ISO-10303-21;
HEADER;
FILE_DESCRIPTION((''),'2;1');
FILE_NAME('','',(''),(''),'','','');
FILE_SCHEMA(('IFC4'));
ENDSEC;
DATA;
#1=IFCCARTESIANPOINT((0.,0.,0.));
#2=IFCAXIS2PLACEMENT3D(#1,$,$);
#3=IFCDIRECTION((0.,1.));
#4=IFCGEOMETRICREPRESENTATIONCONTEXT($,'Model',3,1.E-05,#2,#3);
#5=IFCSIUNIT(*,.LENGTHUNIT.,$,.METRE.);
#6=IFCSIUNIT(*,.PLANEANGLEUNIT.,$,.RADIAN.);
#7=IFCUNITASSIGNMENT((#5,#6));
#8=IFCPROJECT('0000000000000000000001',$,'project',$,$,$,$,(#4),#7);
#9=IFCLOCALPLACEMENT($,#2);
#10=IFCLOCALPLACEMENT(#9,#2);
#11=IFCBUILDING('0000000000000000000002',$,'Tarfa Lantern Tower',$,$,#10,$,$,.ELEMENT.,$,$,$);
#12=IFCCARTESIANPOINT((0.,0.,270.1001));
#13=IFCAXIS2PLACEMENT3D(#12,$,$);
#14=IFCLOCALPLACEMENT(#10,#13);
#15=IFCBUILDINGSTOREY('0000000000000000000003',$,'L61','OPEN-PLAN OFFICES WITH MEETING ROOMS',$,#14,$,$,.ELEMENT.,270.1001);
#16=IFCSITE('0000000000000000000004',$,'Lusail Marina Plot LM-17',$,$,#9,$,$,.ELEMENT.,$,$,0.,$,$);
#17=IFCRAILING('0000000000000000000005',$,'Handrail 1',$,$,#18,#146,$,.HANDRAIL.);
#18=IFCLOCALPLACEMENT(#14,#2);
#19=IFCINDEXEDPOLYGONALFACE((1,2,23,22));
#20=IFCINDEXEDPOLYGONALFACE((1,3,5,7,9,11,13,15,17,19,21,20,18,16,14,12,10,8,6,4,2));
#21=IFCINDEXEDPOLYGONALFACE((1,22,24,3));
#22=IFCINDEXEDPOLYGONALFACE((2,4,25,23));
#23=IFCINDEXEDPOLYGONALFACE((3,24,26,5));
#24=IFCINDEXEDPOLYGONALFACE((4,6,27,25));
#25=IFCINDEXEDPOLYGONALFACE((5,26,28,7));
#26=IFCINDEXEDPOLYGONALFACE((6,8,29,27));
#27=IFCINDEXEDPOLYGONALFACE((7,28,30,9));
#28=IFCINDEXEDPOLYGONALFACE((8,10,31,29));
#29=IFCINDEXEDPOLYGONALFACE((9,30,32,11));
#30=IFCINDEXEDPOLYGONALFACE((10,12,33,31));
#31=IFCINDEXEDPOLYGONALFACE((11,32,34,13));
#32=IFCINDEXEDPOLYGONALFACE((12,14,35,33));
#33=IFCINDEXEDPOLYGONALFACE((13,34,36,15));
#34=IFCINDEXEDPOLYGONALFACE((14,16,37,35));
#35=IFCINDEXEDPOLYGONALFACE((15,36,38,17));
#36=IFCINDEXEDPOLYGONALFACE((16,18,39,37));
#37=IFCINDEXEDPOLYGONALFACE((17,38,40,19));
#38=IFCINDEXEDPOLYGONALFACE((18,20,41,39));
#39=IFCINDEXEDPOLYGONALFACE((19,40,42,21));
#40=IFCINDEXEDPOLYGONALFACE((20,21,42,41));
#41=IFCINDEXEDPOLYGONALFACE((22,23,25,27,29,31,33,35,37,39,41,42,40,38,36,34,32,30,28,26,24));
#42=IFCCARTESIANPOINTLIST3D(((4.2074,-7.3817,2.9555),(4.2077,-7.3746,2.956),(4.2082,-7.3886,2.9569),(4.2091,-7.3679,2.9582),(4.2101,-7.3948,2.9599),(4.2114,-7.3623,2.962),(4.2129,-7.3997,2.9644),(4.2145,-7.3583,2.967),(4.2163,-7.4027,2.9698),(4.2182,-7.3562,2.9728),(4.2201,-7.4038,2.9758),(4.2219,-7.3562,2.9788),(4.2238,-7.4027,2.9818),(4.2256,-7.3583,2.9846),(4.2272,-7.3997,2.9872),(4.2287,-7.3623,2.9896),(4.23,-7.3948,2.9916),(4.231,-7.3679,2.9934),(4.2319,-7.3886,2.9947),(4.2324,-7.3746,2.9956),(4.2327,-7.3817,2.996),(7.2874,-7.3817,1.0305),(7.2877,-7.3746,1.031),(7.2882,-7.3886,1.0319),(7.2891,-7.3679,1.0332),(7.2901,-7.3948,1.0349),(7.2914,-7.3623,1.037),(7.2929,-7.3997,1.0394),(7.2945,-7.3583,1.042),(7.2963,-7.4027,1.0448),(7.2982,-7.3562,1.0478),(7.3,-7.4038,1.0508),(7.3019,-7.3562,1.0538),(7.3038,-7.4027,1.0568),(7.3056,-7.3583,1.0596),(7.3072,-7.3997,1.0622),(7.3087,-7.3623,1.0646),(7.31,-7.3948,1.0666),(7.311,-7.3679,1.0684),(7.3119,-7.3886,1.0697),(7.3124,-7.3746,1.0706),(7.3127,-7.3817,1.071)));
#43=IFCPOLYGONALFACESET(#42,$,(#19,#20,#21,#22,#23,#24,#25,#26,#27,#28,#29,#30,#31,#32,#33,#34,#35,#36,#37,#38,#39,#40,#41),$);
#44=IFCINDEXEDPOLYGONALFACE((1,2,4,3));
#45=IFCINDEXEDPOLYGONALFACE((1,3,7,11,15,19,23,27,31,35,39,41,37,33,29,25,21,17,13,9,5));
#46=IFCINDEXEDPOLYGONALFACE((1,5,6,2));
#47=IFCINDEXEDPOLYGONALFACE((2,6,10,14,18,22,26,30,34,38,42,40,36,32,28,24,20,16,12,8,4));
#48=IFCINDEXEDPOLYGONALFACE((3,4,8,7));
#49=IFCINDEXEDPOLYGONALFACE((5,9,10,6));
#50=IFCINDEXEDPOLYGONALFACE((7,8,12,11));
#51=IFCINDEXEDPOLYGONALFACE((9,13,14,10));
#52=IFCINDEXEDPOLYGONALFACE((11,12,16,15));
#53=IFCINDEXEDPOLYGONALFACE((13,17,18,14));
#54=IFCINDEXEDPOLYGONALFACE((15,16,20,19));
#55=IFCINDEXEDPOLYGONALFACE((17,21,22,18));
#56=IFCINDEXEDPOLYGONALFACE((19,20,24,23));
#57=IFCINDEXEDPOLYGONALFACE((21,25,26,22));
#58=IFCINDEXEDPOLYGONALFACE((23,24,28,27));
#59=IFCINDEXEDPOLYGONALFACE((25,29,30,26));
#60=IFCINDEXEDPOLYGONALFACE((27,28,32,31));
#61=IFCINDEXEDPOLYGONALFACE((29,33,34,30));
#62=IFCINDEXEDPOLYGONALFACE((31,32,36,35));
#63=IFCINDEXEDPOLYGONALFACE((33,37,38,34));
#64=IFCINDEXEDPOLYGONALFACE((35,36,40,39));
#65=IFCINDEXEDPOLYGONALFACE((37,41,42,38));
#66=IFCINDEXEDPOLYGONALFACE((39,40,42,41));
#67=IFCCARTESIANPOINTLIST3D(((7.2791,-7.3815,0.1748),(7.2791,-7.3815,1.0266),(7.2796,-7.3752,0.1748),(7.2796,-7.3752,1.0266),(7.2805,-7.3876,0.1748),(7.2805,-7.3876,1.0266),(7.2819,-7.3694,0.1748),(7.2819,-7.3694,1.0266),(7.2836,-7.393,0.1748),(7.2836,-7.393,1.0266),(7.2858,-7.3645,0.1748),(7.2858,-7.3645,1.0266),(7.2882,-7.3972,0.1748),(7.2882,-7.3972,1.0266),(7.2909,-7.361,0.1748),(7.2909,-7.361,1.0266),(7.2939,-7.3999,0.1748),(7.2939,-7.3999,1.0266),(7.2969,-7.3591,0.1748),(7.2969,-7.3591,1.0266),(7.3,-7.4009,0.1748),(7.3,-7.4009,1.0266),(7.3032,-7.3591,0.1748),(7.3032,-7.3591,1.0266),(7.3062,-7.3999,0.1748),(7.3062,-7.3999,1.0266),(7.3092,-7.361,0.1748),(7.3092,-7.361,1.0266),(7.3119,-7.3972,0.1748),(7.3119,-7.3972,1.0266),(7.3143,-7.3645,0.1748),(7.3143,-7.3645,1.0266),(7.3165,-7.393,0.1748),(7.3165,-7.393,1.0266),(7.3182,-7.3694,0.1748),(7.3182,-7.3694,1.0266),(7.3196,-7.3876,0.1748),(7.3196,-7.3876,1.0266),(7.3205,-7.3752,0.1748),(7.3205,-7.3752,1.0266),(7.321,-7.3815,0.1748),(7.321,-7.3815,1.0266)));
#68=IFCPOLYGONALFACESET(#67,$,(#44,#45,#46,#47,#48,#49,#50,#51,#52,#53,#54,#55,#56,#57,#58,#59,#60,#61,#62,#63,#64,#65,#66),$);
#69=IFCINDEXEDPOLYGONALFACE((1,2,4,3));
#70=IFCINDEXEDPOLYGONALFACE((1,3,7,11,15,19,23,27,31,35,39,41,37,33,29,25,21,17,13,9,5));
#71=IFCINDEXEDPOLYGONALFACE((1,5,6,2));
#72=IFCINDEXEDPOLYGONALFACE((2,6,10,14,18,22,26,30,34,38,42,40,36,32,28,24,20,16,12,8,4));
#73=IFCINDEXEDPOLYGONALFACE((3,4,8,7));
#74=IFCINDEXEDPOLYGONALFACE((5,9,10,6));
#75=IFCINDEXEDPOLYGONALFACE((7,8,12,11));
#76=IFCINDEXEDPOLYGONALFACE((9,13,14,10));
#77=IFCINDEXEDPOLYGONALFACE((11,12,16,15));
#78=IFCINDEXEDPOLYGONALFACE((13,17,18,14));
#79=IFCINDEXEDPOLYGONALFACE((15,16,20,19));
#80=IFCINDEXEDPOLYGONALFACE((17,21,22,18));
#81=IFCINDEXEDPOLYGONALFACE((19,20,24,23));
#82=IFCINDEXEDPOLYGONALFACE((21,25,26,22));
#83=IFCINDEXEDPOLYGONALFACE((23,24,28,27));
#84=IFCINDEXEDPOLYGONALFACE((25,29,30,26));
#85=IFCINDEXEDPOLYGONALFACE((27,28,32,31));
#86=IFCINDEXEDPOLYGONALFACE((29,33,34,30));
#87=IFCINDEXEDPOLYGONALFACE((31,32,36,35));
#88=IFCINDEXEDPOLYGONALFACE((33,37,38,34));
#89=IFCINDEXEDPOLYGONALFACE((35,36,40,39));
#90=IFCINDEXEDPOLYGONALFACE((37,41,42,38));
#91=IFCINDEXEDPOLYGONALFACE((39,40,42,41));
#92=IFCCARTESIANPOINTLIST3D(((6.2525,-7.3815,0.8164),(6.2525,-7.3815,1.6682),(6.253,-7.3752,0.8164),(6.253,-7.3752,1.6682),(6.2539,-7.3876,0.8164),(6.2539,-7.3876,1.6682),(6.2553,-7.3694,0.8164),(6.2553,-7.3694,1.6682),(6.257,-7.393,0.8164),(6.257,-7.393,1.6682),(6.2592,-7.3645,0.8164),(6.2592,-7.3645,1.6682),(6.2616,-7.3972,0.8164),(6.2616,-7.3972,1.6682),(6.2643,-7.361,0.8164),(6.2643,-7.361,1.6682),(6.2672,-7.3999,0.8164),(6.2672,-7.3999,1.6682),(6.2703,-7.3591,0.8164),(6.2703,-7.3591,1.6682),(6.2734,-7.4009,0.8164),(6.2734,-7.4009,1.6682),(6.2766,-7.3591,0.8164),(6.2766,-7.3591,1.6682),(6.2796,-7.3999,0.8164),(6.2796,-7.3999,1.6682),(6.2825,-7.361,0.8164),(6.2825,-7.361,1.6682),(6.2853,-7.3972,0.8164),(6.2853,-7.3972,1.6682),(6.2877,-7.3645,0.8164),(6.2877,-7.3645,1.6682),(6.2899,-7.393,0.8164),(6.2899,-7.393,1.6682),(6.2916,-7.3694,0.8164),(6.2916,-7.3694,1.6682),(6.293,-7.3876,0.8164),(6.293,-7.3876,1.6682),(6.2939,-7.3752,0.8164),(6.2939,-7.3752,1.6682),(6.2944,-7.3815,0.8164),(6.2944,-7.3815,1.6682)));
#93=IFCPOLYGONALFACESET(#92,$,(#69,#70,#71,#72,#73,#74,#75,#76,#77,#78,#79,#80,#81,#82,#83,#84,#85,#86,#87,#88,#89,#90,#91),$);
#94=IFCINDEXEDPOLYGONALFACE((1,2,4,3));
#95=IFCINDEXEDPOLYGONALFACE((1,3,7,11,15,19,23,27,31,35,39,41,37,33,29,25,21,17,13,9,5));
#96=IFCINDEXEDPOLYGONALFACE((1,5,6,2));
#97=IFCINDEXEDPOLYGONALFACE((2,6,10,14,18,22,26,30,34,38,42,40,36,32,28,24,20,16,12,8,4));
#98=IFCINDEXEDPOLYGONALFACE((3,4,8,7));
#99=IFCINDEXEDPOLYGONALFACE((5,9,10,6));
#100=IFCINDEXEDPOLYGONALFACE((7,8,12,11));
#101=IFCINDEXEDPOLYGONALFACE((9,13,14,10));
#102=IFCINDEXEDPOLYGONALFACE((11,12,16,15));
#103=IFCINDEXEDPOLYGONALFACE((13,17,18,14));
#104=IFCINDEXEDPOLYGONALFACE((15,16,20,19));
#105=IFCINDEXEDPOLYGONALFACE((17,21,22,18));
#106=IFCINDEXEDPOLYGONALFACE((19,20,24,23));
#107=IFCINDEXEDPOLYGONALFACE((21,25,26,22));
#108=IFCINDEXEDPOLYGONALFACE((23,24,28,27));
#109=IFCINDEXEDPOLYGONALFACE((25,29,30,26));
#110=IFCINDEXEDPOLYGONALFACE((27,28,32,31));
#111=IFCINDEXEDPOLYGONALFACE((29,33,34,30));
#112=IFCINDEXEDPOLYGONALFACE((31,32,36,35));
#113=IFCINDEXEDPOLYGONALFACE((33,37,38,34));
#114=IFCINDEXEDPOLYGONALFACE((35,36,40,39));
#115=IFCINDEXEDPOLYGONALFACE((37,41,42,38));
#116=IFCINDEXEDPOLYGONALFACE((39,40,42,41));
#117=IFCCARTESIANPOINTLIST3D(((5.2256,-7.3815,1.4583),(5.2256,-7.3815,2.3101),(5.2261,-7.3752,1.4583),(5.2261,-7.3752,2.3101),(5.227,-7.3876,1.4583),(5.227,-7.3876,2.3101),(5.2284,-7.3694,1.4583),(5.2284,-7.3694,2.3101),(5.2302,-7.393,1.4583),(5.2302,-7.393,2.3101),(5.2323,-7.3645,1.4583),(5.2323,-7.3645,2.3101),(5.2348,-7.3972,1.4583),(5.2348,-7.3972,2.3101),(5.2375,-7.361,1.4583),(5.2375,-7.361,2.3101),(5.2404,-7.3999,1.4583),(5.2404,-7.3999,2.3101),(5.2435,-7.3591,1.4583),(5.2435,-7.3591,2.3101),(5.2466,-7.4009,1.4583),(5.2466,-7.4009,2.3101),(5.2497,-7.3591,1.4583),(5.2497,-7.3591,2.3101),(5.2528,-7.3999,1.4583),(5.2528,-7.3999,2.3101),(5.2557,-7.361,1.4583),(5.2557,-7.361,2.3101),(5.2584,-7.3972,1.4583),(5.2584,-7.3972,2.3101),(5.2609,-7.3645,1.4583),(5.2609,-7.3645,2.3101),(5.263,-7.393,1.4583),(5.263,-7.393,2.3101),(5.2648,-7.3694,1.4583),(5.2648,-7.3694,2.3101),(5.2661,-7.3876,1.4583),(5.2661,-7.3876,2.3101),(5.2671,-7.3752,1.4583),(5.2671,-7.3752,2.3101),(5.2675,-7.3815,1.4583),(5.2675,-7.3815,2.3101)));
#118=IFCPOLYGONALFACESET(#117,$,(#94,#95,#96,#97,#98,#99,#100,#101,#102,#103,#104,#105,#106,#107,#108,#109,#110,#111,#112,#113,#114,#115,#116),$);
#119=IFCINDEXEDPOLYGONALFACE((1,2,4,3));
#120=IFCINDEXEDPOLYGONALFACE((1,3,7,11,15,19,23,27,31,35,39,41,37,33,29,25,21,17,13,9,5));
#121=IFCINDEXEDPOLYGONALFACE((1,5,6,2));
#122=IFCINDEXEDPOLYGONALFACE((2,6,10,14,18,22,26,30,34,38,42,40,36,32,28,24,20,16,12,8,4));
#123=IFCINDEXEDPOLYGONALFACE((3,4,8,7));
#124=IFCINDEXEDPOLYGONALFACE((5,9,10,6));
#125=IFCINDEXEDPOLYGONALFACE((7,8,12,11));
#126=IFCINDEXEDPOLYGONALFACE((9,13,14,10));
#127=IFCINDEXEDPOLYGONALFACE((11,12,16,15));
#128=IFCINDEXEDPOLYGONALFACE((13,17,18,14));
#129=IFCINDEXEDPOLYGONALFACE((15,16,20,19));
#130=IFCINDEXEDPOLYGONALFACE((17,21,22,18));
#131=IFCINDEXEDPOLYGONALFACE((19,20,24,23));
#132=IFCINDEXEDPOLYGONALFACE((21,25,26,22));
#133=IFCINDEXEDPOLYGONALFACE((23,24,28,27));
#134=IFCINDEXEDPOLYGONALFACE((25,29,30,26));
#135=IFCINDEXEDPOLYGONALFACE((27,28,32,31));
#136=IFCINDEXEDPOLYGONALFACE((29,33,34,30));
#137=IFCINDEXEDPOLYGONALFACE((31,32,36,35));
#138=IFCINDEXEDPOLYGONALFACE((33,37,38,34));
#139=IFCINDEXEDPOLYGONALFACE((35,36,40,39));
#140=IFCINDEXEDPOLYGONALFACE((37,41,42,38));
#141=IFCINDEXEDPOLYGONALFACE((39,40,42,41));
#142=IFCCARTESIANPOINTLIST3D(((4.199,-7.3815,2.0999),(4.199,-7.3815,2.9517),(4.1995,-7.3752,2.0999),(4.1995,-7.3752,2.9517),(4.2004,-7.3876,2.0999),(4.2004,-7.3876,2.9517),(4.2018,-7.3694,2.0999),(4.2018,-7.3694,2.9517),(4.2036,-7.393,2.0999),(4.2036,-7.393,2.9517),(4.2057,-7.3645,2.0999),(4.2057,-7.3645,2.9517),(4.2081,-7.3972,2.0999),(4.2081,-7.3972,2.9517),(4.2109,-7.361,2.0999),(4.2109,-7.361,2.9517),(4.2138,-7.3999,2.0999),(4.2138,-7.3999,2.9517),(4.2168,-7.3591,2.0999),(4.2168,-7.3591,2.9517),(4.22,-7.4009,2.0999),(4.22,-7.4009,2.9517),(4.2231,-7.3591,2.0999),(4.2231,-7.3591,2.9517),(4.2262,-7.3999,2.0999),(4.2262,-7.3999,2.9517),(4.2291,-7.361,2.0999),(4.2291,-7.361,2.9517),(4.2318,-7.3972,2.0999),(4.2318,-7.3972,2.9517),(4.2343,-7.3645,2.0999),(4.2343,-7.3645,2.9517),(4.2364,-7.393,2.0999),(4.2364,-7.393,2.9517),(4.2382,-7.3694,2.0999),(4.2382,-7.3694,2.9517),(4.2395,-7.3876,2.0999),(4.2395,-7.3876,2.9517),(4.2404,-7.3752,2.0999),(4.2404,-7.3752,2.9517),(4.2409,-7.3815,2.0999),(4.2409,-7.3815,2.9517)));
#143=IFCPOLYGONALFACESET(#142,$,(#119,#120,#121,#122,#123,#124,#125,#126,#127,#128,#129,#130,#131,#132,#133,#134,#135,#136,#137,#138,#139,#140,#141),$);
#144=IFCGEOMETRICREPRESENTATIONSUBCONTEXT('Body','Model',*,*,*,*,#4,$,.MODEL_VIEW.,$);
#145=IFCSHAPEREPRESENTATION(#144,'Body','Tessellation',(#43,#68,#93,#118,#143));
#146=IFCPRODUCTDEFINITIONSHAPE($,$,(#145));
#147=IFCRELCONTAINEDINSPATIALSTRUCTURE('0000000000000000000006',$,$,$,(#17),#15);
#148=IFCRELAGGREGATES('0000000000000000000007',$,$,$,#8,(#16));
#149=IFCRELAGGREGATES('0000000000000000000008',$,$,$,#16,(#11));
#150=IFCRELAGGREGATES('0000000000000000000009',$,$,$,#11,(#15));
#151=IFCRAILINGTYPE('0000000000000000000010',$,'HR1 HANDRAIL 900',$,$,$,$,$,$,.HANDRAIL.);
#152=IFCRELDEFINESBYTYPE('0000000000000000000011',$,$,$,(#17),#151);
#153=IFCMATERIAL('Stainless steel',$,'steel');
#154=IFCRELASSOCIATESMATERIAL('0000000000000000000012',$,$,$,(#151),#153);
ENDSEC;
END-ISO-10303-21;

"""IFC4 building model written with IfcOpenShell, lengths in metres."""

from ifc_helpers import new_model, si_unit, direction, frame, origin, origin_2d, place, context, subcontext, project, spatial, circle, extrude, material, type_object, element, save


model = new_model("IFC4")

# Units and contexts
model_context = context("Model", 3, precision=1e-05, world=origin(), true_north=direction((0.0, 1.0)))
body_context = subcontext(model_context, "Body", "Model", "MODEL_VIEW")
ifc_project = project(units=[si_unit("LENGTHUNIT", "METRE"), si_unit("PLANEANGLEUNIT", "RADIAN")], contexts=[model_context])

# Site, building, storey
site_placement = place(None, origin())
site = spatial("IfcSite", under=ifc_project, at=site_placement, Name="Lusail Marina Plot LM-17", CompositionType="ELEMENT", RefElevation=0.0)
building_placement = place(site_placement, origin())
building = spatial("IfcBuilding", under=site, at=building_placement, Name="Tarfa Lantern Tower", CompositionType="ELEMENT")
storey_placement = place(building_placement, frame((0.0, 0.0, 270.1001)))
storey = spatial("IfcBuildingStorey", under=building, at=storey_placement, Name="L61", Description="OPEN-PLAN OFFICES WITH MEETING ROOMS", CompositionType="ELEMENT", Elevation=270.1001)

# Railing
ifc_material_1 = material(Name="Stainless steel", Category="steel")
railing_type = type_object("IfcRailingType", Name="HR1 HANDRAIL 900", PredefinedType="HANDRAIL", material=ifc_material_1)
railing_1_placement = place(storey_placement, frame((7.3, -7.3799, 0.1748)))
element("IfcRailing", 1, at=railing_1_placement, inside=storey, type_object=railing_type, Name="Handrail 1", PredefinedType="HANDRAIL", context=body_context, shape_type="SweptSolid", body=[
    extrude(circle(Radius=0.0239, at=origin_2d()), frame((0.0, 0.0, 0.876), z_axis=(-0.847998, 0.0, 0.529999), x_axis=(0.0, -1.0, 0.0)), (0.0, 0.0, 1.0), 3.6321),
    extrude(circle(Radius=0.021, at=origin_2d()), frame((0.0, 0.0, 0.0), z_axis=(0.0, 0.0, 1.0), x_axis=(0.0, -1.0, 0.0)), (0.0, 0.0, 1.0), 0.8518),
    extrude(circle(Radius=0.021, at=origin_2d()), frame((-1.0266, 0.0, 0.6416), z_axis=(0.0, 0.0, 1.0), x_axis=(0.0, -1.0, 0.0)), (0.0, 0.0, 1.0), 0.8518),
    extrude(circle(Radius=0.021, at=origin_2d()), frame((-2.0535, 0.0, 1.2834), z_axis=(0.0, 0.0, 1.0), x_axis=(0.0, -1.0, 0.0)), (0.0, 0.0, 1.0), 0.8518),
    extrude(circle(Radius=0.021, at=origin_2d()), frame((-3.0801, 0.0, 1.925), z_axis=(0.0, 0.0, 1.0), x_axis=(0.0, -1.0, 0.0)), (0.0, 0.0, 1.0), 0.8518),
])

save(model, "model.ifc")
